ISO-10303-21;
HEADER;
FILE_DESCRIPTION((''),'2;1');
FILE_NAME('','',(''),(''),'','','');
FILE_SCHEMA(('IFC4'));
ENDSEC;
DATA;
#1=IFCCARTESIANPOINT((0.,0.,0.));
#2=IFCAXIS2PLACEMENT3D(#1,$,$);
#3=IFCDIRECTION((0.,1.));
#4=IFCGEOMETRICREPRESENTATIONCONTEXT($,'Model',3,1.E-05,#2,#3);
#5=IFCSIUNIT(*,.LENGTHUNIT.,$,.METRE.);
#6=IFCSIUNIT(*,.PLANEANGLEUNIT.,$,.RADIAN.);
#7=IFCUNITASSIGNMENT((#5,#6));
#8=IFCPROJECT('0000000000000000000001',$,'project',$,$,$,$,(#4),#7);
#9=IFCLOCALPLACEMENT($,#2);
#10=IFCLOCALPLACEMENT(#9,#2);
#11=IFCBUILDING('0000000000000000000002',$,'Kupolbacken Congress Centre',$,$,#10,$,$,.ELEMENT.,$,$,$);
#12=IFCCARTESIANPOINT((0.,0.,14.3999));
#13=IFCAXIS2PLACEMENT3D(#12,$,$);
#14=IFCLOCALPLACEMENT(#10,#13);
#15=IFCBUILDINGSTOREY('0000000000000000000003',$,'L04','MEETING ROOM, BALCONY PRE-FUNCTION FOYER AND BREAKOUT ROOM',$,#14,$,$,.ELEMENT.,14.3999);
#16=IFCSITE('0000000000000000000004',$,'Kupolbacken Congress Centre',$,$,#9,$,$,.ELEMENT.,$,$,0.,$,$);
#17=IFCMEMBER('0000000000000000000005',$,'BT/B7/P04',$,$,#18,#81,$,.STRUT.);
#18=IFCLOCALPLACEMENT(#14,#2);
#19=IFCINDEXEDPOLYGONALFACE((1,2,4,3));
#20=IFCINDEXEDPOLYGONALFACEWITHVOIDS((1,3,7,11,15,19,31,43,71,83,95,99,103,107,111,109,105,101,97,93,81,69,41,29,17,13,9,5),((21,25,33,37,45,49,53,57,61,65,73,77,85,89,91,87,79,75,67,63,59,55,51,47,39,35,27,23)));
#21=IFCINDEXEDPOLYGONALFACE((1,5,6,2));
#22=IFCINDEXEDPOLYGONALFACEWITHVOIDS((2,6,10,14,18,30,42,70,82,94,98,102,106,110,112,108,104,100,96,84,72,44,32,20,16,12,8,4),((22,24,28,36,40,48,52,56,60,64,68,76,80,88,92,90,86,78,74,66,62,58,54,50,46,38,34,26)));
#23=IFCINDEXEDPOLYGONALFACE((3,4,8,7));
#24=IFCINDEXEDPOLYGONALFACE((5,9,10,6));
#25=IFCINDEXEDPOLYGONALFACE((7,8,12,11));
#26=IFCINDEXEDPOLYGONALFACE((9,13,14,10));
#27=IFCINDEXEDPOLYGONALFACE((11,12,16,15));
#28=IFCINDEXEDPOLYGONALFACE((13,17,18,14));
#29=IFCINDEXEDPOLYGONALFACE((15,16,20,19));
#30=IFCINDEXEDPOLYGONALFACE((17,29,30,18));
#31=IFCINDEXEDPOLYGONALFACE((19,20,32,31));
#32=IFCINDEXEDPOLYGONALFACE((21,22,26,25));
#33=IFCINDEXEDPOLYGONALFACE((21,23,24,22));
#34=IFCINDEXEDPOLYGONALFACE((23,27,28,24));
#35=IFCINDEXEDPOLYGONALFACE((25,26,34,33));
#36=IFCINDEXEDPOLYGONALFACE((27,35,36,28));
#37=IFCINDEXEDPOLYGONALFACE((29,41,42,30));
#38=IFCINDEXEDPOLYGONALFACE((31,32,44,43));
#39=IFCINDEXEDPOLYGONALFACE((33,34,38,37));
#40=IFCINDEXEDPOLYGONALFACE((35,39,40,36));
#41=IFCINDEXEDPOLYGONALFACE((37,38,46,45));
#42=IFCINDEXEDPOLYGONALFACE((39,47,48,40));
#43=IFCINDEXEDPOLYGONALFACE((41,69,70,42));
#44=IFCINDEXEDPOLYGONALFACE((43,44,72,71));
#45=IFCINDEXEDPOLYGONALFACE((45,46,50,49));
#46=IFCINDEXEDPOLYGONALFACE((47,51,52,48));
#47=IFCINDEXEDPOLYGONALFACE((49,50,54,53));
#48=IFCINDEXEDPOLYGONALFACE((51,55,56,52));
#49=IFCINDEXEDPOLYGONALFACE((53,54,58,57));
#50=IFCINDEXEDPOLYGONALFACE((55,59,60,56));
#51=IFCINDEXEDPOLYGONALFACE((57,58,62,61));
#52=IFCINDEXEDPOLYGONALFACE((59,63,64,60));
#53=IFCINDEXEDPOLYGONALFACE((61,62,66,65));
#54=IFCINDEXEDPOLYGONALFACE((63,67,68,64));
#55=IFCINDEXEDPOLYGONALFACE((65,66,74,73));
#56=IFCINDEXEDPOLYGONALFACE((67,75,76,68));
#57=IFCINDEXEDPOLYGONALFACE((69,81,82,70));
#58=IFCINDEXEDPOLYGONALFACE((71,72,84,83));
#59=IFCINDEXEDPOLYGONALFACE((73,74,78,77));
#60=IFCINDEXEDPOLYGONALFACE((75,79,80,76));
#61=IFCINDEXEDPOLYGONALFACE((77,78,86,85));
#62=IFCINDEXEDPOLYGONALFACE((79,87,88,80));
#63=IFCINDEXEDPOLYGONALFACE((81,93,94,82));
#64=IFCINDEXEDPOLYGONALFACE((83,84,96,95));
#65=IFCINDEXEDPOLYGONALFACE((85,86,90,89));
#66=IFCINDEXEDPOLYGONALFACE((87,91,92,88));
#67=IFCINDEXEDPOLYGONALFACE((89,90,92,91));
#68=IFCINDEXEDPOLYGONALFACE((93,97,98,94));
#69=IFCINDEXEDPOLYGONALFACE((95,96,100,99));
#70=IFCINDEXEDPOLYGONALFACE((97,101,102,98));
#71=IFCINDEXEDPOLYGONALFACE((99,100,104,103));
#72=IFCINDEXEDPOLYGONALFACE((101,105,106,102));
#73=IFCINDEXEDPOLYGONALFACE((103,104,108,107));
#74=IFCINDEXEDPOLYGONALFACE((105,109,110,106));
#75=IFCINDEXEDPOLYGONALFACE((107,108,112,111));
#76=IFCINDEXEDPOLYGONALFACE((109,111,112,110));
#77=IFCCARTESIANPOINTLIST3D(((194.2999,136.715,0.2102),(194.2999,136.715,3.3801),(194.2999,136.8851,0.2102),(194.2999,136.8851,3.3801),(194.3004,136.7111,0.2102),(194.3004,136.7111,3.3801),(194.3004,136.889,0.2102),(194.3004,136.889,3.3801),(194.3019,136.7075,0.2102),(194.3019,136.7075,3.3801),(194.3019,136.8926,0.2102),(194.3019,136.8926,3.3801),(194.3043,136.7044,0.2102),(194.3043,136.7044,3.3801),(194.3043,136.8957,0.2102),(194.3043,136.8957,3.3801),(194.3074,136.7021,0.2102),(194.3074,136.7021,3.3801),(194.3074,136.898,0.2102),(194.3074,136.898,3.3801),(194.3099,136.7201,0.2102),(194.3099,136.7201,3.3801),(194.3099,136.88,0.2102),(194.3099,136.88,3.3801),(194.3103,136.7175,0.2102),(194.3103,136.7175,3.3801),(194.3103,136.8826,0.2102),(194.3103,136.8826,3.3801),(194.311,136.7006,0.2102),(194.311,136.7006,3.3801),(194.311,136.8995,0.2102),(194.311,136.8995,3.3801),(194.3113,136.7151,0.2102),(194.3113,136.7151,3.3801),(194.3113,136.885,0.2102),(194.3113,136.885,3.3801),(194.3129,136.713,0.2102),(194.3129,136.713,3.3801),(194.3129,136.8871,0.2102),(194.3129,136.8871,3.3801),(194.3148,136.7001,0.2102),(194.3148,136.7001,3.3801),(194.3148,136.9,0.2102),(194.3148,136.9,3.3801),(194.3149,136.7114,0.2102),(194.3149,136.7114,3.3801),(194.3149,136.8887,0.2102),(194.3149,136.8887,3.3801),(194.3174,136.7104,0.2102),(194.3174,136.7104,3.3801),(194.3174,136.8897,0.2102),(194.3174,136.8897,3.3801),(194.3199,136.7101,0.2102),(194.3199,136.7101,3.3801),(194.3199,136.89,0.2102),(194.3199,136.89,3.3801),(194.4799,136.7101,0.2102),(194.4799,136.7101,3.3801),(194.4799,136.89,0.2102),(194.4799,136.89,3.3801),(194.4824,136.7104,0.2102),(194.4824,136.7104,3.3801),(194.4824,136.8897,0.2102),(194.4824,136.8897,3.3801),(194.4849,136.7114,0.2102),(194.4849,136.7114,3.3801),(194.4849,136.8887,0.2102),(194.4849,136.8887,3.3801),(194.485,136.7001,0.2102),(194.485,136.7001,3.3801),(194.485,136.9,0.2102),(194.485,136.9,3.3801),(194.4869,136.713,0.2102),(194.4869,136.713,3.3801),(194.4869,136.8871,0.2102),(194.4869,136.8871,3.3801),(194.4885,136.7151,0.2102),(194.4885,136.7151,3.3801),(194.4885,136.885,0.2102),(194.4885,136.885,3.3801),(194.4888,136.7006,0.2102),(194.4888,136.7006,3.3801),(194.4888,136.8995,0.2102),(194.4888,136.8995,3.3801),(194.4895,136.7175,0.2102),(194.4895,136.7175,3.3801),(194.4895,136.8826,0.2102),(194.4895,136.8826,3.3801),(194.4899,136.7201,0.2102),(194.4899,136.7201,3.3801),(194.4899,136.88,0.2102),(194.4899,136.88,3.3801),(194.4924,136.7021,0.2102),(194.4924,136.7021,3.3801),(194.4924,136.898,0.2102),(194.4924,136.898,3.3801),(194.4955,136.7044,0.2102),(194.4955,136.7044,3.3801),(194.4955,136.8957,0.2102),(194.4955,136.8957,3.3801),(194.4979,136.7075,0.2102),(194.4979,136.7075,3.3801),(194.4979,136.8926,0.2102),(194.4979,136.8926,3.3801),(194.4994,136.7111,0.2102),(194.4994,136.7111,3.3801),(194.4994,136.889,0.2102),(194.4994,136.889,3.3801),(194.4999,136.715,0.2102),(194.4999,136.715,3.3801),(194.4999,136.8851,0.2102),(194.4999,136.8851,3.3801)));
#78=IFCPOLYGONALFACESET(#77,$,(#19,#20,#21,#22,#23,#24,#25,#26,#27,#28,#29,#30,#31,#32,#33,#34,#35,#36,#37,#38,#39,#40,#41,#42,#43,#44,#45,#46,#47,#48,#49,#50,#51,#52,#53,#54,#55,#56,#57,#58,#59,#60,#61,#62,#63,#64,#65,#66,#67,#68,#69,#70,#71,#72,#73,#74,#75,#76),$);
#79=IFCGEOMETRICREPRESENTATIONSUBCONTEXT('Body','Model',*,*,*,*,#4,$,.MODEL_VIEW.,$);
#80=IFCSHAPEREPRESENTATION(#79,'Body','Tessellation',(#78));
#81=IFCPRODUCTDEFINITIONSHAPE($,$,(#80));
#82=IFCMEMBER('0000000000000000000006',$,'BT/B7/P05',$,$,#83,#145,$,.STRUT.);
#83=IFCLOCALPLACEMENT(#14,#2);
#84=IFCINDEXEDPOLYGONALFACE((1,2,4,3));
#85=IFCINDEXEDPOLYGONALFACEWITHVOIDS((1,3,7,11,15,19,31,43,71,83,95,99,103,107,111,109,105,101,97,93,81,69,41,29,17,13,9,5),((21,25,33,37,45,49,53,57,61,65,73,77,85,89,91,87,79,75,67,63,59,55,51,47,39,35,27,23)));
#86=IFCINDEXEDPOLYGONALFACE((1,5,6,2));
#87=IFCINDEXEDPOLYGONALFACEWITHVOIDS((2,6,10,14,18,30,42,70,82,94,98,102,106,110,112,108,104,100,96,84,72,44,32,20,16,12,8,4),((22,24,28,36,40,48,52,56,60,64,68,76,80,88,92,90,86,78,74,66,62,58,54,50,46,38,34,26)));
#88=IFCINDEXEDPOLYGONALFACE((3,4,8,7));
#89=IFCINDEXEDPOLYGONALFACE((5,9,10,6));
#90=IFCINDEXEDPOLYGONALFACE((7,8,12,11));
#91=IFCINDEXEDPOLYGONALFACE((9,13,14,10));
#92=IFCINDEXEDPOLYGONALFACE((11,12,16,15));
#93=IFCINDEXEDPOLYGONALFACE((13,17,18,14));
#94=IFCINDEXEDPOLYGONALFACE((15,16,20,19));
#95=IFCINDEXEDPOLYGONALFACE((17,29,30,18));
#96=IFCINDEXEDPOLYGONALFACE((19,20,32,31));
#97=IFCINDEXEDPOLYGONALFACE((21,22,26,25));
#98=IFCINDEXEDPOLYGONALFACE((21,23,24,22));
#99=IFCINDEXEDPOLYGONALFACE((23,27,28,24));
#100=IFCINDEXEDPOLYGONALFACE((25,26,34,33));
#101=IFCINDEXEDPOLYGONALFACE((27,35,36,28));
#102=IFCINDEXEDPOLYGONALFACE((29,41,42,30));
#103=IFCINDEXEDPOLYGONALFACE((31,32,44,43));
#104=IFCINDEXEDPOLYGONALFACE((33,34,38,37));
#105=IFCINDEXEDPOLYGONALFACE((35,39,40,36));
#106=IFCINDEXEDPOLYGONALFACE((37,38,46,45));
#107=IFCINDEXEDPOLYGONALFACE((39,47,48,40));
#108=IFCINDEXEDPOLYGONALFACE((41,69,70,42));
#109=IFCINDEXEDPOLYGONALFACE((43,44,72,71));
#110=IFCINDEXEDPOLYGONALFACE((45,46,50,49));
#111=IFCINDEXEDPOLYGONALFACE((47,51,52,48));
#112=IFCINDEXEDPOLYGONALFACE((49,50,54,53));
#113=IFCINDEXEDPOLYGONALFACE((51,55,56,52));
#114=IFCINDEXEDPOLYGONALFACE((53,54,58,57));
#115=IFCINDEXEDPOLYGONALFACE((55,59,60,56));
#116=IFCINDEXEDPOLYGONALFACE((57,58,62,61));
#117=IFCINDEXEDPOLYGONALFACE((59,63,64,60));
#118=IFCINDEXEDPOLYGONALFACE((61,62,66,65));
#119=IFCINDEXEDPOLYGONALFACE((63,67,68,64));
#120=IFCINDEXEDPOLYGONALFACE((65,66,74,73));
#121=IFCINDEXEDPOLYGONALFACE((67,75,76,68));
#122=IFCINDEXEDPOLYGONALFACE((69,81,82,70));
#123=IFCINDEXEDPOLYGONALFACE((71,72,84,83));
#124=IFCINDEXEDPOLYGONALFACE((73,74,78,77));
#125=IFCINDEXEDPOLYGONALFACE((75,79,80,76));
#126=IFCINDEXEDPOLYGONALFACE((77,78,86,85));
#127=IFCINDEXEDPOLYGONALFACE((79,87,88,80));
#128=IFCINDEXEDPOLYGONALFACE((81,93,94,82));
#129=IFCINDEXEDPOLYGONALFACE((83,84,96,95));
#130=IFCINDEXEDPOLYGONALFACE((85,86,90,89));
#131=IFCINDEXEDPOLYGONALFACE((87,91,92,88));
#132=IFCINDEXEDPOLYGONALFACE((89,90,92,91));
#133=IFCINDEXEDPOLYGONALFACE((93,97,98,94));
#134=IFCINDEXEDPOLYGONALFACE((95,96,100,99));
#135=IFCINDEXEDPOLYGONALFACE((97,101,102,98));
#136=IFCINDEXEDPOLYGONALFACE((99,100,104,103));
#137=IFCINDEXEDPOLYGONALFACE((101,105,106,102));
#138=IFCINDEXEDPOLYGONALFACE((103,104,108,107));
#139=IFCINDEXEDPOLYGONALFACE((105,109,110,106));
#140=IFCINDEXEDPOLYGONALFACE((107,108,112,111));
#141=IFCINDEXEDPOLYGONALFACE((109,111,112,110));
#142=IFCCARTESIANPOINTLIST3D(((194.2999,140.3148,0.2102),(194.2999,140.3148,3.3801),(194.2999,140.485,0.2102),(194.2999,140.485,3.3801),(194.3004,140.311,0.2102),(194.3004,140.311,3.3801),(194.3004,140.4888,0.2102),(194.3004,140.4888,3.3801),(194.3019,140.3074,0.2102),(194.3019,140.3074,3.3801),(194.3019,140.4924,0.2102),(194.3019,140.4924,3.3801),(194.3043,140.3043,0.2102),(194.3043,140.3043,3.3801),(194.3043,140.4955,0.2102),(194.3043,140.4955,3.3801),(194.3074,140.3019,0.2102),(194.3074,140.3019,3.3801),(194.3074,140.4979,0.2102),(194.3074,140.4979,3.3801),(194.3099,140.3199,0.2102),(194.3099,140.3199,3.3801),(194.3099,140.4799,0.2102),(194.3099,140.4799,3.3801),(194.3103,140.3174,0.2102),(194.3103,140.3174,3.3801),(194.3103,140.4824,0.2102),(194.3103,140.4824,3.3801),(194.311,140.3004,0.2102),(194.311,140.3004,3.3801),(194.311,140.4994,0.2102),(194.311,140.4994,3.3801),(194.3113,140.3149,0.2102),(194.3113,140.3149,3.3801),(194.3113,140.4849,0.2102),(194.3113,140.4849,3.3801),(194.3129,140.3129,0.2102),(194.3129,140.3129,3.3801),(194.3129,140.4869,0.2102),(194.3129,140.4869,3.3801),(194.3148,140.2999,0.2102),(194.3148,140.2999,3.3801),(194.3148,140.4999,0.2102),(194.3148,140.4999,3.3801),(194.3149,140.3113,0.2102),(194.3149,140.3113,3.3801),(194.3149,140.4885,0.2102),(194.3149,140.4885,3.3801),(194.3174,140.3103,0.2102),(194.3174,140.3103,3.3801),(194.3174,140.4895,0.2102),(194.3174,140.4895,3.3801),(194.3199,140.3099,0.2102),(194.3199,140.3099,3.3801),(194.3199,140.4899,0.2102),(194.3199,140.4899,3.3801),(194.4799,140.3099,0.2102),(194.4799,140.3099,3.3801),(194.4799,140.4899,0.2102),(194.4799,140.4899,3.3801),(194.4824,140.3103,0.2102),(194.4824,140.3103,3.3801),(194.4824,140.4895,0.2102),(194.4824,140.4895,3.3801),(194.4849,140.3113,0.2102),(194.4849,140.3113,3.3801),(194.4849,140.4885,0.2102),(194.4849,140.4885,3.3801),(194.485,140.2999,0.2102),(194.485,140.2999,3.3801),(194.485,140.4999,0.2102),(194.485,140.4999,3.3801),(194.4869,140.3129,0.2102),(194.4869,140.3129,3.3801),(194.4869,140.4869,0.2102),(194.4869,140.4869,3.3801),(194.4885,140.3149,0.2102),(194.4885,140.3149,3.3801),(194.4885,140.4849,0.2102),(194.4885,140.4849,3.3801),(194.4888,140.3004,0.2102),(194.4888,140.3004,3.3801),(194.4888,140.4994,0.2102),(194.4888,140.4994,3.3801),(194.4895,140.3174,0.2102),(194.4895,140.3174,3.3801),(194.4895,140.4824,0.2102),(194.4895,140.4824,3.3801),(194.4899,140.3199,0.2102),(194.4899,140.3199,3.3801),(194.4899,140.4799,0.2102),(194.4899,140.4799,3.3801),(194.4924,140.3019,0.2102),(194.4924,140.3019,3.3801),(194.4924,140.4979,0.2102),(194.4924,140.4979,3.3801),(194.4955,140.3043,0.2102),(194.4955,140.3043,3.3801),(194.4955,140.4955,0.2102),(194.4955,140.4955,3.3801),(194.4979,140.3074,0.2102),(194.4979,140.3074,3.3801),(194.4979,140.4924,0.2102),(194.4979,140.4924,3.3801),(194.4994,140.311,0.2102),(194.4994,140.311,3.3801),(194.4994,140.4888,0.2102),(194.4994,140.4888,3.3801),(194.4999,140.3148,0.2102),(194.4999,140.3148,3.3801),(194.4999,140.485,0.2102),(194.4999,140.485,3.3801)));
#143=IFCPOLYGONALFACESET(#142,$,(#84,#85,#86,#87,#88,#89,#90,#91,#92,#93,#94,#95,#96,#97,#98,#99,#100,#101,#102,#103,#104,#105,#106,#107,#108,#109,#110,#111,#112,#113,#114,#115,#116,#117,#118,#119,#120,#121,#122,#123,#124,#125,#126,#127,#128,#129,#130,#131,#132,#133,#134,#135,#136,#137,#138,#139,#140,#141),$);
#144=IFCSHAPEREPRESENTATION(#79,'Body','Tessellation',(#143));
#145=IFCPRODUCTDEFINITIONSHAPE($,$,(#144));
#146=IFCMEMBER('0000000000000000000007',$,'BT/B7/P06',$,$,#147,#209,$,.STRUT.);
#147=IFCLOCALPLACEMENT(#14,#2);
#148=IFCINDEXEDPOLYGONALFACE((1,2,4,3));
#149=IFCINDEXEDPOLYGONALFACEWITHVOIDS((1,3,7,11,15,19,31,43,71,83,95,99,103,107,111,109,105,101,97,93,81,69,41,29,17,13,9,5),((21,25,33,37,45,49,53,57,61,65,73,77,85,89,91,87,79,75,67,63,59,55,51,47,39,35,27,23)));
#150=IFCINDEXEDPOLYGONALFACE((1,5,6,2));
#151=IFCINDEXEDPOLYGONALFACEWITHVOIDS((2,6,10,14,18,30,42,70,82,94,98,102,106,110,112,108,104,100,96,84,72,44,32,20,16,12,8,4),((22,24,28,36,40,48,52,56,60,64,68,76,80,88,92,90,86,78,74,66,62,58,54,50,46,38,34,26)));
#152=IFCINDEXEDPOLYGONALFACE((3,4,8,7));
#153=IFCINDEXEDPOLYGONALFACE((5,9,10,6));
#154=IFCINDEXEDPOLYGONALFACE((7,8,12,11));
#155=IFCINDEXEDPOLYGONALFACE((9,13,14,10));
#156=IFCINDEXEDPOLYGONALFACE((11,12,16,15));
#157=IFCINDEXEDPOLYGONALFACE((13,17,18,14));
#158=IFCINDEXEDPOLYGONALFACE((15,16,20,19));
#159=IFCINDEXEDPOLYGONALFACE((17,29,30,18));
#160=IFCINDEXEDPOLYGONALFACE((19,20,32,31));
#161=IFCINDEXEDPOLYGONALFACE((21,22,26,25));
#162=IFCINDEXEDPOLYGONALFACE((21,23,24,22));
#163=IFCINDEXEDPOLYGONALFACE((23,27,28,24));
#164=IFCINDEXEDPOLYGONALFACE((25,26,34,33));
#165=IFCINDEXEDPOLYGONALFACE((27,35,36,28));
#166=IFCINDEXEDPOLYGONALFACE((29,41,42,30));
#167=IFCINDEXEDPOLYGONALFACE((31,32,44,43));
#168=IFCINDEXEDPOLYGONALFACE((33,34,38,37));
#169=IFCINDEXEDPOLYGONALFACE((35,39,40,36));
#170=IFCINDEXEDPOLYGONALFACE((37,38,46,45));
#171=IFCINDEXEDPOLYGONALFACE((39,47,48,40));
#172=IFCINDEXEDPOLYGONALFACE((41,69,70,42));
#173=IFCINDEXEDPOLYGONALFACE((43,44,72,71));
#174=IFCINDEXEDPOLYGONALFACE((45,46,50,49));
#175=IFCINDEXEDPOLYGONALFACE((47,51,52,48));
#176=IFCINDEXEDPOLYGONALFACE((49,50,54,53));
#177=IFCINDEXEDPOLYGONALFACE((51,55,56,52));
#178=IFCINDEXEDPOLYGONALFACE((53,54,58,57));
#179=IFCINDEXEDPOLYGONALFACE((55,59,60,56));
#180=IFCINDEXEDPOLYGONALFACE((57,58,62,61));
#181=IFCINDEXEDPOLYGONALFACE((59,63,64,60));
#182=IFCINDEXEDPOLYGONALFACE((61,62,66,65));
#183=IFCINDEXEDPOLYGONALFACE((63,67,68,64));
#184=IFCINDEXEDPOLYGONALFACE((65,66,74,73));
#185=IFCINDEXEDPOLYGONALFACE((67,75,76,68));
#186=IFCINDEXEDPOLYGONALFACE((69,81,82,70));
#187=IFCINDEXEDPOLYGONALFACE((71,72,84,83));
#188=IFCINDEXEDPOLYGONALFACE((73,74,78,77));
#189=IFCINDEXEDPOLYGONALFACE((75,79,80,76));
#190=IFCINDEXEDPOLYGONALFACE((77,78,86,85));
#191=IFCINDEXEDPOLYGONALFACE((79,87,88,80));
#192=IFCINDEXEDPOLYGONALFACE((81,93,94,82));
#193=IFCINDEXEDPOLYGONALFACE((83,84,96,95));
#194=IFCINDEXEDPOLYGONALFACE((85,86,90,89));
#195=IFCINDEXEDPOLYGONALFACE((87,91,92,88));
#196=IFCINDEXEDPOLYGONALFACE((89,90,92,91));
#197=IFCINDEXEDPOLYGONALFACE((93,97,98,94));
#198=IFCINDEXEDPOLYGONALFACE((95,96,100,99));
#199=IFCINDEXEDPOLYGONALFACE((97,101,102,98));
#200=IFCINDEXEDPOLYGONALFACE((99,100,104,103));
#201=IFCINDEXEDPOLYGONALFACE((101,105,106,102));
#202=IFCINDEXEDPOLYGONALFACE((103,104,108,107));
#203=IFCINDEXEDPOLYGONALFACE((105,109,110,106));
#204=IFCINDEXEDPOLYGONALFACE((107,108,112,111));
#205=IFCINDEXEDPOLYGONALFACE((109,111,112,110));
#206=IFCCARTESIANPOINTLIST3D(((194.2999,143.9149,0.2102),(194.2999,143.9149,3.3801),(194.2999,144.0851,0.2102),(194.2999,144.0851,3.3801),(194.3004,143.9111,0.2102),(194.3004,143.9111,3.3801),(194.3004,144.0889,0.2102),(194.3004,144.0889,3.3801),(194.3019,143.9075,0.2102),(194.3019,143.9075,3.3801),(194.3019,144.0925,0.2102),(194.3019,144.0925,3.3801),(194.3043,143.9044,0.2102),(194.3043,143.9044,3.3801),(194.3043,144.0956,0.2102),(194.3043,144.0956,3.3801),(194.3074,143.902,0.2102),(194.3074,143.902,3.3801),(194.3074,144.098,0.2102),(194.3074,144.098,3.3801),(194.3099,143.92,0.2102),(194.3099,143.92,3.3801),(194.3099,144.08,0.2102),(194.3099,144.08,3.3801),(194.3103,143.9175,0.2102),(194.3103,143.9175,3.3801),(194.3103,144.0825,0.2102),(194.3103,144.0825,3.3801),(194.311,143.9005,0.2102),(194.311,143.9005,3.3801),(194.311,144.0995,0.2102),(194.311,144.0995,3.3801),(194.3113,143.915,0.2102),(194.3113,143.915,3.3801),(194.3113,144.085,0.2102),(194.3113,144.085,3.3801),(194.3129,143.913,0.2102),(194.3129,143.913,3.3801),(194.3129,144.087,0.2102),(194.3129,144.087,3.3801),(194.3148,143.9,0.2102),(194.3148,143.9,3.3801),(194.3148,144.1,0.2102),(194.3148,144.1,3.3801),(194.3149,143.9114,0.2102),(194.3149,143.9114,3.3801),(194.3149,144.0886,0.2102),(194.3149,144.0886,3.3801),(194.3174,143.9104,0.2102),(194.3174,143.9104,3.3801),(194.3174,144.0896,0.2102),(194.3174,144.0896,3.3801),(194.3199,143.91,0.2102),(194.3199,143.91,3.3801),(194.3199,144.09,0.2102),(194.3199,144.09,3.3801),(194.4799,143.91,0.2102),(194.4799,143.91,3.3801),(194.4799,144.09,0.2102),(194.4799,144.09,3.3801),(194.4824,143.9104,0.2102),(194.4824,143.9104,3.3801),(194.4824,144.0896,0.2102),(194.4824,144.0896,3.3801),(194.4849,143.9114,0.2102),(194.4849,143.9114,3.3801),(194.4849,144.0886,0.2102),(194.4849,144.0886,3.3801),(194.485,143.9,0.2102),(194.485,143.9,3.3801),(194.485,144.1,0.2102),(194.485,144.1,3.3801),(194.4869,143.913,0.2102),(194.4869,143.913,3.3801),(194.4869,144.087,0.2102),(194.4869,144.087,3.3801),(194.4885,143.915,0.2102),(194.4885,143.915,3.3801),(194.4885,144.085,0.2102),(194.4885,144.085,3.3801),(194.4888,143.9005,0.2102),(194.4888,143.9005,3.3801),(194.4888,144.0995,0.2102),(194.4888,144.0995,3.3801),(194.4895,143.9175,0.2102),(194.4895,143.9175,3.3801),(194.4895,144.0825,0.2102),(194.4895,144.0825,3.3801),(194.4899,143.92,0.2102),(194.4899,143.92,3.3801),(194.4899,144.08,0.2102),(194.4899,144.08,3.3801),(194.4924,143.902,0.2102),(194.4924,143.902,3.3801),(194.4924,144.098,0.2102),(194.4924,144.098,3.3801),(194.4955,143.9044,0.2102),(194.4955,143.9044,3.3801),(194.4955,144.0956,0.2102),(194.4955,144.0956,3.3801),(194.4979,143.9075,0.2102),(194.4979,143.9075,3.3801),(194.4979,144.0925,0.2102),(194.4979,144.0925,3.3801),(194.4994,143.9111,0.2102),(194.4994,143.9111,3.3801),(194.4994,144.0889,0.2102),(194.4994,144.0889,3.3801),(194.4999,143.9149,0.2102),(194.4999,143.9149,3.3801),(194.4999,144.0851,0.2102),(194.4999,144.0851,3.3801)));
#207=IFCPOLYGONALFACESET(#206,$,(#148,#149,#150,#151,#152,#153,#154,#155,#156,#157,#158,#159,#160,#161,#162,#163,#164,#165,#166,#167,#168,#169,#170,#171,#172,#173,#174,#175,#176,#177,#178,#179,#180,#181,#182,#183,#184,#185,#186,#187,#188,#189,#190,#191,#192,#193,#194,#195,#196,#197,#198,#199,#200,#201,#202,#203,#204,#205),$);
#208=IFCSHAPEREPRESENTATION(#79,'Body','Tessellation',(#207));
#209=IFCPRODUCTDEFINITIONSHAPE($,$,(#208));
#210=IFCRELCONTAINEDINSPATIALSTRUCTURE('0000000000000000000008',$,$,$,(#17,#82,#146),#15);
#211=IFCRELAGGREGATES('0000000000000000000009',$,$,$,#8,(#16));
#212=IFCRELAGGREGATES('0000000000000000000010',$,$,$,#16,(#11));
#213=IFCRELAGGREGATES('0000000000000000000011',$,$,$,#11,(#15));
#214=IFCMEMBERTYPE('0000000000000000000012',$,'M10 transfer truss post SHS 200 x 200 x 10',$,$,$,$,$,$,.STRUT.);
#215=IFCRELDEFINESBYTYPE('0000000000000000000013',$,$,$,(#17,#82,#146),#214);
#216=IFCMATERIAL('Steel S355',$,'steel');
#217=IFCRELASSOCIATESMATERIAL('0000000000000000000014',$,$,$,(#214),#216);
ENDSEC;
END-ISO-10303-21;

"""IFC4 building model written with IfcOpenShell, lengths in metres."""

from ifc_helpers import new_model, si_unit, direction, frame, origin, origin_2d, place, context, subcontext, project, spatial, hollow_rectangle, extrude, material, material_profile, profile_set, type_object, element, save


model = new_model("IFC4")

# Units and contexts
model_context = context("Model", 3, precision=1e-05, world=origin(), true_north=direction((0.0, 1.0)))
body_context = subcontext(model_context, "Body", "Model", "MODEL_VIEW")
ifc_project = project(units=[si_unit("LENGTHUNIT", "METRE"), si_unit("PLANEANGLEUNIT", "RADIAN")], contexts=[model_context])

# Site, building, storey
site_placement = place(None, origin())
site = spatial("IfcSite", under=ifc_project, at=site_placement, Name="Kupolbacken Congress Centre", CompositionType="ELEMENT", RefElevation=0.0)
building_placement = place(site_placement, origin())
building = spatial("IfcBuilding", under=site, at=building_placement, Name="Kupolbacken Congress Centre", CompositionType="ELEMENT")
storey_placement = place(building_placement, frame((0.0, 0.0, 14.3999)))
storey = spatial("IfcBuildingStorey", under=building, at=storey_placement, Name="L04", Description="MEETING ROOM, BALCONY PRE-FUNCTION FOYER AND BREAKOUT ROOM", CompositionType="ELEMENT", Elevation=14.3999)

# Members
ifc_material_1 = material(Name="Steel S355", Category="steel")
ifc_material_profile_1 = material_profile(ifc_material_1, hollow_rectangle(XDim=0.2, YDim=0.2, WallThickness=0.01, InnerFilletRadius=0.01, OuterFilletRadius=0.0149, at=origin_2d()), Name="SHS 200 x 200 x 10")
ifc_profile_set_1 = profile_set([ifc_material_profile_1], Name="Steel S355")
member_type_1 = type_object("IfcMemberType", Name="M10 transfer truss post SHS 200 x 200 x 10", PredefinedType="STRUT", material=ifc_profile_set_1)
for number, where, z_axis, x_axis, name in (
    (1, (194.3999, 136.8, 0.2102), (0.0, 0.0, 1.0), (0.0, 1.0, 0.0), "BT/B7/P04"),
    (2, (194.3999, 140.3999, 0.2102), (0.0, 0.0, 1.0), (0.0, 1.0, 0.0), "BT/B7/P05"),
    (3, (194.3999, 144.0, 0.2102), (0.0, 0.0, 1.0), (0.0, 1.0, 0.0), "BT/B7/P06"),
):
    element("IfcMember", number, at=place(storey_placement, frame(where, z_axis=z_axis, x_axis=x_axis)), inside=storey, type_object=member_type_1, Name=name, PredefinedType="STRUT", context=body_context, shape_type="SweptSolid", body=[
        extrude(hollow_rectangle(XDim=0.2, YDim=0.2, WallThickness=0.01, InnerFilletRadius=0.01, OuterFilletRadius=0.0149, at=origin_2d()), origin(), (0.0, 0.0, 1.0), 3.1699),
    ])

save(model, "model.ifc")
